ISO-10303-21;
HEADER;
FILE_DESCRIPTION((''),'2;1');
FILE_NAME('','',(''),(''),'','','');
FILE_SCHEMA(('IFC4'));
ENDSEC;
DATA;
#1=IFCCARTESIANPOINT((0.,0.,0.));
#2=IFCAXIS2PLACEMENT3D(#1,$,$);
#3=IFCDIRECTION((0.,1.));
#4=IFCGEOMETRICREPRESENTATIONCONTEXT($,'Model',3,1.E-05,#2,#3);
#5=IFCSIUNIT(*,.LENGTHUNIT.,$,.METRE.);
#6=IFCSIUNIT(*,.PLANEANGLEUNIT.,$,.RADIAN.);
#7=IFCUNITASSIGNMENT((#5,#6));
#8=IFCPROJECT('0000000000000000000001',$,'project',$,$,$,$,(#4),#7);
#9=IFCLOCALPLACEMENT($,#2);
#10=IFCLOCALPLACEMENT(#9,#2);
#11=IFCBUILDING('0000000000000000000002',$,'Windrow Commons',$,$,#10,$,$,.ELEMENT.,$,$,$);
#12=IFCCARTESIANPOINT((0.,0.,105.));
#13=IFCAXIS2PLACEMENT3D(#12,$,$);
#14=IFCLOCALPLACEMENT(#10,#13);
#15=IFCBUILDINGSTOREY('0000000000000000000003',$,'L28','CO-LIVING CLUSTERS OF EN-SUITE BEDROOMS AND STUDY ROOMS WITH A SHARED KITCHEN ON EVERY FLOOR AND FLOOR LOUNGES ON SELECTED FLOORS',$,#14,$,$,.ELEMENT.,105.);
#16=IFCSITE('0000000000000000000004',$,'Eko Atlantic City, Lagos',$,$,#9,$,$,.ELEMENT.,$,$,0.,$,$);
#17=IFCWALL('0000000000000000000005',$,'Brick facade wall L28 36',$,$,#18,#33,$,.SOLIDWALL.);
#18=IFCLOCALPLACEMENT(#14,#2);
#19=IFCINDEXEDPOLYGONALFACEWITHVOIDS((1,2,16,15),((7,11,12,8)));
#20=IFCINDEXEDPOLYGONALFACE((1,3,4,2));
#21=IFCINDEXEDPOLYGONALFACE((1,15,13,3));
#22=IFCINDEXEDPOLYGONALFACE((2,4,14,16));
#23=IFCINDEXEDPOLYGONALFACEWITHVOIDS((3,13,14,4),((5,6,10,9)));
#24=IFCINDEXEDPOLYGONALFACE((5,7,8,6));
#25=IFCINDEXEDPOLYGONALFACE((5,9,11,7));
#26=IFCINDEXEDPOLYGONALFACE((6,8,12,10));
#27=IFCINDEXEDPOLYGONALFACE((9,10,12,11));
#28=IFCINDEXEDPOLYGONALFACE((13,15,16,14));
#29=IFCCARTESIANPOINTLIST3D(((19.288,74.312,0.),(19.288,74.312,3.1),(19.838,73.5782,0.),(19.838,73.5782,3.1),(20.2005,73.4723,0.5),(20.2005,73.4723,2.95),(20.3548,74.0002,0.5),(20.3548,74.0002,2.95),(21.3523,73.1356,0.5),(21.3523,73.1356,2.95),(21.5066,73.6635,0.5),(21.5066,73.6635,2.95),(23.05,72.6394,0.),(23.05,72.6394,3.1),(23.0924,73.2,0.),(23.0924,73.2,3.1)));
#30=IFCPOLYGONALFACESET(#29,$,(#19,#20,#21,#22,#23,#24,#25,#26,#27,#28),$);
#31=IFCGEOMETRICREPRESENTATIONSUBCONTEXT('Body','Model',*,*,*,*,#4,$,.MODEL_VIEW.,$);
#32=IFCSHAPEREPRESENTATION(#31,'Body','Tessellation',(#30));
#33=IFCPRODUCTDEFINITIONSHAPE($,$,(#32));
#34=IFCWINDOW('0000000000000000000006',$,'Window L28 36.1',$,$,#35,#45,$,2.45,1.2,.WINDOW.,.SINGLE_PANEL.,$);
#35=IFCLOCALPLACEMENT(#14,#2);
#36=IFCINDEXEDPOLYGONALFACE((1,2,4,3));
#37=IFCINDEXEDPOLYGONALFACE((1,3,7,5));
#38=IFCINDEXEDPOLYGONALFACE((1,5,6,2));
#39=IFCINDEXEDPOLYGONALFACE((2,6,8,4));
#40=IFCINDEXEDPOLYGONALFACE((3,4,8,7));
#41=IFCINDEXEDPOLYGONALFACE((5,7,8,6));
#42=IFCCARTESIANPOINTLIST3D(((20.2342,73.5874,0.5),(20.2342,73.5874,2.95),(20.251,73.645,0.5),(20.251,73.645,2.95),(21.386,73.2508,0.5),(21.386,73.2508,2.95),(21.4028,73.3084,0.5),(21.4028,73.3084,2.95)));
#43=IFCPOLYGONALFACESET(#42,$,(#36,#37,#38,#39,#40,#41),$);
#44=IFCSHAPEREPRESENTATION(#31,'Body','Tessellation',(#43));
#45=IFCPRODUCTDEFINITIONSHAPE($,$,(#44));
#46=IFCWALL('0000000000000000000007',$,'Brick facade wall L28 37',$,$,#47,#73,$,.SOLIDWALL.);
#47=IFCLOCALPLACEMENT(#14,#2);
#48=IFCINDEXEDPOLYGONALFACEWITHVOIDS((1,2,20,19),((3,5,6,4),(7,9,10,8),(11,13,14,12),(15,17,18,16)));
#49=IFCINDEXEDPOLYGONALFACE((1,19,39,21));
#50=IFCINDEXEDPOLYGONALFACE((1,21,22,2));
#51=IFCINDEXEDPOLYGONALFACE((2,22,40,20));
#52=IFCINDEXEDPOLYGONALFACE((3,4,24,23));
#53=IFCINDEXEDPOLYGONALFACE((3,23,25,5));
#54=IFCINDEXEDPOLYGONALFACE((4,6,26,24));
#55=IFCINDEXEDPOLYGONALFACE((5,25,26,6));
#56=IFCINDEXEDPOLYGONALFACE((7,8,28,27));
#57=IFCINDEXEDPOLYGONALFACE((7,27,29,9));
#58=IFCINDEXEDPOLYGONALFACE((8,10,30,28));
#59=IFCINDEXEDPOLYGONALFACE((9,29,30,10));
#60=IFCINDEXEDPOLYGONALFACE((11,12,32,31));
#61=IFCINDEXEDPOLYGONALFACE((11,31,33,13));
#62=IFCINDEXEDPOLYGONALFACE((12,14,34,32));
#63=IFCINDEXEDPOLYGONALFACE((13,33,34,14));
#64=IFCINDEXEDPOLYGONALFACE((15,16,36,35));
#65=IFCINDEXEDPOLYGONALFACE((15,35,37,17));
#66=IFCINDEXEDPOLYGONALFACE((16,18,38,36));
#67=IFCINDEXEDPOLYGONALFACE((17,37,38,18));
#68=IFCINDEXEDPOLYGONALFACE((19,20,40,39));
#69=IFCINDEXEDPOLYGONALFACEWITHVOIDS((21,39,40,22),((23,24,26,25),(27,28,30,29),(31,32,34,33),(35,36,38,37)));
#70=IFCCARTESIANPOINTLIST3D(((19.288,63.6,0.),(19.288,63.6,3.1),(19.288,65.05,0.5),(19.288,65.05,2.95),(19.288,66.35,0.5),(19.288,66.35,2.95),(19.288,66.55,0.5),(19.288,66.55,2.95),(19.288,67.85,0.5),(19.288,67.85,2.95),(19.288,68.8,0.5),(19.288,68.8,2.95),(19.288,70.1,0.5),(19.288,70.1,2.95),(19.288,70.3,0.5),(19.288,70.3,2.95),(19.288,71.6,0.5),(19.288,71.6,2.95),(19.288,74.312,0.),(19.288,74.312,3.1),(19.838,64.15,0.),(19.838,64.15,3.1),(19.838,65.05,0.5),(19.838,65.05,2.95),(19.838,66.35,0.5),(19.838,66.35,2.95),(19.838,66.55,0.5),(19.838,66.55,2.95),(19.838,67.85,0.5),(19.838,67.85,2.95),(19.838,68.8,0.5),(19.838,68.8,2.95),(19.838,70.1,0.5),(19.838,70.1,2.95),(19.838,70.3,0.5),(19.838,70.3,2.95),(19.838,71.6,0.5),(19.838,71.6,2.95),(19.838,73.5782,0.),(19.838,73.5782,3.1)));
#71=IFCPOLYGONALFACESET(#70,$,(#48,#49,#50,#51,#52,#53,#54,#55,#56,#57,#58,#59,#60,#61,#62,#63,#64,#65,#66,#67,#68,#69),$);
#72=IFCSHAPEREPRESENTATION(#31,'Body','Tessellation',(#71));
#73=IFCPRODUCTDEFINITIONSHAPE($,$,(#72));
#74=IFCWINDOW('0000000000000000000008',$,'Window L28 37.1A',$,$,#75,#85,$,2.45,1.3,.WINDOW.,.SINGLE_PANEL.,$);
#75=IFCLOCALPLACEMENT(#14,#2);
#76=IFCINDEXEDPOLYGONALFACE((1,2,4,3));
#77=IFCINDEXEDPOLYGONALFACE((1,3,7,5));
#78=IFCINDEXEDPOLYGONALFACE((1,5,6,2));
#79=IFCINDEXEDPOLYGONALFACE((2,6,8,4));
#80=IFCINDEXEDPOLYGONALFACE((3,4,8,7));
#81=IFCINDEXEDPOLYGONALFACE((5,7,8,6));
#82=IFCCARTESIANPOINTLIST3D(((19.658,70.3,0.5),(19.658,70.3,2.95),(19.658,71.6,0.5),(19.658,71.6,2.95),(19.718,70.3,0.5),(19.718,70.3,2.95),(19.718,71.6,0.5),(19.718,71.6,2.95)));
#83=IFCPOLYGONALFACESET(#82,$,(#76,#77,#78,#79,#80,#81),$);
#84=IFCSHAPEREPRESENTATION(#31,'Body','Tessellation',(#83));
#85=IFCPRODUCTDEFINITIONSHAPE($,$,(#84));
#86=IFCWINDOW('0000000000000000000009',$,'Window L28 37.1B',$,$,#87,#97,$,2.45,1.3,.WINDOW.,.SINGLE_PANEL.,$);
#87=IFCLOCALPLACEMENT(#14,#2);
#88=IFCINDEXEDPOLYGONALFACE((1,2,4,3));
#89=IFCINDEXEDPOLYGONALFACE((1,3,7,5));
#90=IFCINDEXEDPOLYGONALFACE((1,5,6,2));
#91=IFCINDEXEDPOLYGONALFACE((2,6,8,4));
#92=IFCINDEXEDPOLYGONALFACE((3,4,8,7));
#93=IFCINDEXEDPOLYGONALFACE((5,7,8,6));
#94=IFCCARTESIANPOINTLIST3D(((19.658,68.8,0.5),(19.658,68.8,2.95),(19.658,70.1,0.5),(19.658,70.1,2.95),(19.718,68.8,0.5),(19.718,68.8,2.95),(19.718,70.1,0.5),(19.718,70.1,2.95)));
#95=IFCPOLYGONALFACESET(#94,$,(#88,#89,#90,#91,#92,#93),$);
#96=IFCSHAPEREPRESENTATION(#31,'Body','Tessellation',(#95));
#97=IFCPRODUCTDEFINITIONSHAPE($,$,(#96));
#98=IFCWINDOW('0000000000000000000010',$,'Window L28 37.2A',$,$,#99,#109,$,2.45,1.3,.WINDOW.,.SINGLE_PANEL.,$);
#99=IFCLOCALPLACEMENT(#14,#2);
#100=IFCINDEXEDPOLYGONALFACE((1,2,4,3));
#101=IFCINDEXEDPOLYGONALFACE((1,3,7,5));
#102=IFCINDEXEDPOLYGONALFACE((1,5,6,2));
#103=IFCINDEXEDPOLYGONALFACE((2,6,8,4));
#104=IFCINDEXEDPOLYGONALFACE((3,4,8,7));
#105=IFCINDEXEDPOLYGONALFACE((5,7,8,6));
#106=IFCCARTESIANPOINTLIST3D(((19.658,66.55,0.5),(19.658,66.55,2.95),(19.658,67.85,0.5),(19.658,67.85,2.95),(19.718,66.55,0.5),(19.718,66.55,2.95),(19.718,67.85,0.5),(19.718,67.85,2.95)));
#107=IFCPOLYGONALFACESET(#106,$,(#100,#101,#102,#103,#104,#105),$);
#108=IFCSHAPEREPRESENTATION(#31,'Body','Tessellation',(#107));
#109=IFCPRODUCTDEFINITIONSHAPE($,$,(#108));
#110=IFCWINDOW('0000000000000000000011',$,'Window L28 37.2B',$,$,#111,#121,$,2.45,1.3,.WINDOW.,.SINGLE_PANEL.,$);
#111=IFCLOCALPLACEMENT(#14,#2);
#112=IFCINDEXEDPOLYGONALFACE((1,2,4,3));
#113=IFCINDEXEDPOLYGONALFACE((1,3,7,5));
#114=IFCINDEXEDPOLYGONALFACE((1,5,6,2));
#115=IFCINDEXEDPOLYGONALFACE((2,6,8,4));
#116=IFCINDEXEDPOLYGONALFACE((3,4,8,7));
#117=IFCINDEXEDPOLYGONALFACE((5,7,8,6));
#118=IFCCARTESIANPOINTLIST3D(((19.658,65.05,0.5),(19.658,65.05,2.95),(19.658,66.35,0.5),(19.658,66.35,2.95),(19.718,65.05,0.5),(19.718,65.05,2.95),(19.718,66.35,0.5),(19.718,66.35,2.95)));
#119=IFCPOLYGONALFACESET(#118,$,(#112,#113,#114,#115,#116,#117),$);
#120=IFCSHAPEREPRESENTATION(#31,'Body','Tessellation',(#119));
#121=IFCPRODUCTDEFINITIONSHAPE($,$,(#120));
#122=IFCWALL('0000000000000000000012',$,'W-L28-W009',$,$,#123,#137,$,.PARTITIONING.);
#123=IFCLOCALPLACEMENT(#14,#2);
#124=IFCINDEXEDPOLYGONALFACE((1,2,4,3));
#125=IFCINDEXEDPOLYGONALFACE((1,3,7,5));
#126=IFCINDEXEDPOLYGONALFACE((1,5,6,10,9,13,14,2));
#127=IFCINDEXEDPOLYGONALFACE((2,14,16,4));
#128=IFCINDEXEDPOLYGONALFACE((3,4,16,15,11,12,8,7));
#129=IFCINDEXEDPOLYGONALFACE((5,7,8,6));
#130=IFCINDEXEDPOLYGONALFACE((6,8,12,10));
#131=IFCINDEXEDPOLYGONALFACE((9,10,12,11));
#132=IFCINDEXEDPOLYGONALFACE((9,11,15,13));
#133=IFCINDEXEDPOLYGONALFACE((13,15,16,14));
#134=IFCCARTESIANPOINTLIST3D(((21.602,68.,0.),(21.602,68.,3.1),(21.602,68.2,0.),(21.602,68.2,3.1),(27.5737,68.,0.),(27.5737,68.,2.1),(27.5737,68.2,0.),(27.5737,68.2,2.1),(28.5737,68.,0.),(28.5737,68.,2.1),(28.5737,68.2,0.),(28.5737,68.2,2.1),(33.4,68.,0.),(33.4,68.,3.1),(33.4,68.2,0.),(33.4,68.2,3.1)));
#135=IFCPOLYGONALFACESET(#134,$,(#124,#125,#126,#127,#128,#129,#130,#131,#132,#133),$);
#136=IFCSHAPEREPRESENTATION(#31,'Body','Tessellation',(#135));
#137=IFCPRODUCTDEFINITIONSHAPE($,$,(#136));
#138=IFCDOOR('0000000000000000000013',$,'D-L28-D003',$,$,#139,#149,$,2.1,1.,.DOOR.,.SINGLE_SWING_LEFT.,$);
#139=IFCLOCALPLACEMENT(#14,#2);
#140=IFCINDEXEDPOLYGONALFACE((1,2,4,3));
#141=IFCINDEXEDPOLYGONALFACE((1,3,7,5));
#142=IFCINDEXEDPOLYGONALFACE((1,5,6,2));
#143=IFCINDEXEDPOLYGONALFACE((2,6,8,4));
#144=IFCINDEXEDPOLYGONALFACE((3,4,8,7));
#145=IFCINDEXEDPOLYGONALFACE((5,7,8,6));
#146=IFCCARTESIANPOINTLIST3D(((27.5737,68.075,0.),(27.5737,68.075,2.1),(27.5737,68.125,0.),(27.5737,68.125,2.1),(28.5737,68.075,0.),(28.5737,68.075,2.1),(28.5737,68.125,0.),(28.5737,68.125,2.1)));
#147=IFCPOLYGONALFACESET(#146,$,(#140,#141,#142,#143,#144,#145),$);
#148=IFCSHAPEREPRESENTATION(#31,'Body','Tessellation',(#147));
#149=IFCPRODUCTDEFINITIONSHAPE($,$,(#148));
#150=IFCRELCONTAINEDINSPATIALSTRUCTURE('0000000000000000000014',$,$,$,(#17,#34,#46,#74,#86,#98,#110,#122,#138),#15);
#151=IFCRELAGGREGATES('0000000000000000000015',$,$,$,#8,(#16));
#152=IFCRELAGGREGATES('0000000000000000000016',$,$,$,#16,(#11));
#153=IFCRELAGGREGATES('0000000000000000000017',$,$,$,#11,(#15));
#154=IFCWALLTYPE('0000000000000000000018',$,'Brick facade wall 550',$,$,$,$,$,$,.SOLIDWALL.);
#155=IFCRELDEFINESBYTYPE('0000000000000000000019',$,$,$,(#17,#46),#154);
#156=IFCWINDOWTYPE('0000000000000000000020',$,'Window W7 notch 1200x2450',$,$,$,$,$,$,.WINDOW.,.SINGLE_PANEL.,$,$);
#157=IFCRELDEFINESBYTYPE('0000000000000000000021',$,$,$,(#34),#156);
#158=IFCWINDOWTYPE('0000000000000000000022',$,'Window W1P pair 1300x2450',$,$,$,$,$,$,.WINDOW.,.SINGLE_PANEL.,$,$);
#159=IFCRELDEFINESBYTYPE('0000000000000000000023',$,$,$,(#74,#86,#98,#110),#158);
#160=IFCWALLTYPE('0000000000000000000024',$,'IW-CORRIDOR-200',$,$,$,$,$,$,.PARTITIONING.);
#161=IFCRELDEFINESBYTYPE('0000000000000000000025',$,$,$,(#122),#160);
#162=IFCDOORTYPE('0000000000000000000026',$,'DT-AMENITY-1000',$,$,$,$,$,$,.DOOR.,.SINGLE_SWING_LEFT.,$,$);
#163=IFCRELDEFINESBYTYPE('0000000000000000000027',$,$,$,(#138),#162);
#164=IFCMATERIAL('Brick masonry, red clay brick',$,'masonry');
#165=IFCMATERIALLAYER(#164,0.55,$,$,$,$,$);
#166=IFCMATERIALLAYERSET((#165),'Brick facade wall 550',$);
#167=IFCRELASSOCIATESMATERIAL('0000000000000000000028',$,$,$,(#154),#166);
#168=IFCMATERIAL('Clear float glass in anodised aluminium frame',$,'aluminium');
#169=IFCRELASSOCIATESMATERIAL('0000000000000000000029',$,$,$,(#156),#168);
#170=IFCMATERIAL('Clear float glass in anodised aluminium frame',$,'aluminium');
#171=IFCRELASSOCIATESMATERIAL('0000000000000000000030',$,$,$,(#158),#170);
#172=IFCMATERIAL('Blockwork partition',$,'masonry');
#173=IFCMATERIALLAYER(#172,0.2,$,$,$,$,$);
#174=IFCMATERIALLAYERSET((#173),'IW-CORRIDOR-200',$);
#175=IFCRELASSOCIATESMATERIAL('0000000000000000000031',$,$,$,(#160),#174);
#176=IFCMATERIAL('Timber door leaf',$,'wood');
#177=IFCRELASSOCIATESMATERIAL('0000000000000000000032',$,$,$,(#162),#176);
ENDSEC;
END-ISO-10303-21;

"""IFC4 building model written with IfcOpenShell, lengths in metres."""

from ifc_helpers import new_model, si_unit, direction, frame, frame_2d, origin, place, context, subcontext, project, spatial, polyline, rectangle, outline, extrude, material, layer, layer_set, type_object, element, fill, save


model = new_model("IFC4")

# Units and contexts
model_context = context("Model", 3, precision=1e-05, world=origin(), true_north=direction((0.0, 1.0)))
body_context = subcontext(model_context, "Body", "Model", "MODEL_VIEW")
ifc_project = project(units=[si_unit("LENGTHUNIT", "METRE"), si_unit("PLANEANGLEUNIT", "RADIAN")], contexts=[model_context])

# Site, building, storey
site_placement = place(None, origin())
site = spatial("IfcSite", under=ifc_project, at=site_placement, Name="Eko Atlantic City, Lagos", CompositionType="ELEMENT", RefElevation=0.0)
building_placement = place(site_placement, origin())
building = spatial("IfcBuilding", under=site, at=building_placement, Name="Windrow Commons", CompositionType="ELEMENT")
storey_placement = place(building_placement, frame((0.0, 0.0, 105.0)))
storey = spatial("IfcBuildingStorey", under=building, at=storey_placement, Name="L28", Description="CO-LIVING CLUSTERS OF EN-SUITE BEDROOMS AND STUDY ROOMS WITH A SHARED KITCHEN ON EVERY FLOOR AND FLOOR LOUNGES ON SELECTED FLOORS", CompositionType="ELEMENT", Elevation=105.0)

# Shared definitions
ifc_material_1 = material(Name="Brick masonry, red clay brick", Category="masonry")
ifc_layer_1 = layer(ifc_material_1, 0.55)
ifc_layer_set_1 = layer_set([ifc_layer_1], Name="Brick facade wall 550")
wall_type_1 = type_object("IfcWallType", Name="Brick facade wall 550", PredefinedType="SOLIDWALL", material=ifc_layer_set_1)
ifc_material_2 = material(Name="Clear float glass in anodised aluminium frame", Category="aluminium")
window_type_1 = type_object("IfcWindowType", Name="Window W7 notch 1200x2450", PartitioningType="SINGLE_PANEL", PredefinedType="WINDOW", material=ifc_material_2)

# Wall, opening, window
wall_1_placement = place(storey_placement, frame((23.0712, 72.9197, 0.0), z_axis=(0.0, 0.0, 1.0), x_axis=(-0.95984, 0.280548, 0.0)))
wall_1 = element("IfcWall", 1, at=wall_1_placement, inside=storey, type_object=wall_type_1, Name="Brick facade wall L28 36", PredefinedType="SOLIDWALL", context=body_context, shape_type="SweptSolid", body=[
    extrude(outline(polyline([(0.0583, -0.275), (4.0219, -0.275), (3.2881, 0.275), (-0.0583, 0.275), (0.0583, -0.275)])), origin(), (0.0, 0.0, 1.0), 3.1),
])
opening_1_placement = place(wall_1_placement, frame((1.7104, 0.0, 0.5)))
opening_1 = element("IfcOpeningElement", 2, at=opening_1_placement, cuts=wall_1, PredefinedType="OPENING", context=body_context, shape_type="SweptSolid", body=[
    extrude(rectangle(XDim=1.2, YDim=2.45, at=frame_2d((0.6, 1.225))), frame((0.0, 0.285, 0.0), z_axis=(0.0, -1.0, 0.0), x_axis=(1.0, 0.0, 0.0)), (0.0, 0.0, 1.0), 0.57),
])
window_1_placement = place(opening_1_placement, origin())
window_1 = element("IfcWindow", 3, at=window_1_placement, inside=storey, type_object=window_type_1, Name="Window L28 36.1", OverallHeight=2.45, OverallWidth=1.2, PartitioningType="SINGLE_PANEL", PredefinedType="WINDOW", context=body_context, shape_type="SweptSolid", body=[
    extrude(rectangle(XDim=1.2, YDim=2.45, at=frame_2d((0.6, 1.225))), frame((0.0, 0.155, 0.0), z_axis=(0.0, -1.0, 0.0), x_axis=(1.0, 0.0, 0.0)), (0.0, 0.0, 1.0), 0.06),
])
fill(opening_1, window_1)

# Wall, openings, windows
wall_2_placement = place(storey_placement, frame((19.563, 73.9451, 0.0), z_axis=(0.0, 0.0, 1.0), x_axis=(0.0, -1.0, 0.0)))
wall_2 = element("IfcWall", 4, at=wall_2_placement, inside=storey, type_object=wall_type_1, Name="Brick facade wall L28 37", PredefinedType="SOLIDWALL", context=body_context, shape_type="SweptSolid", body=[
    extrude(outline(polyline([(-0.3669, -0.275), (10.3451, -0.275), (9.7951, 0.275), (0.3669, 0.275), (-0.3669, -0.275)])), origin(), (0.0, 0.0, 1.0), 3.1),
])
opening_2_placement = place(wall_2_placement, frame((2.3451, 0.0, 0.5)))
opening_2 = element("IfcOpeningElement", 5, at=opening_2_placement, cuts=wall_2, PredefinedType="OPENING", context=body_context, shape_type="SweptSolid", body=[
    extrude(rectangle(XDim=1.3, YDim=2.45, at=frame_2d((0.65, 1.225))), frame((0.0, 0.285, 0.0), z_axis=(0.0, -1.0, 0.0), x_axis=(1.0, 0.0, 0.0)), (0.0, 0.0, 1.0), 0.57),
])
opening_3_placement = place(wall_2_placement, frame((3.8451, 0.0, 0.5)))
opening_3 = element("IfcOpeningElement", 6, at=opening_3_placement, cuts=wall_2, PredefinedType="OPENING", context=body_context, shape_type="SweptSolid", body=[
    extrude(rectangle(XDim=1.3, YDim=2.45, at=frame_2d((0.65, 1.225))), frame((0.0, 0.285, 0.0), z_axis=(0.0, -1.0, 0.0), x_axis=(1.0, 0.0, 0.0)), (0.0, 0.0, 1.0), 0.57),
])
opening_4_placement = place(wall_2_placement, frame((6.0951, 0.0, 0.5)))
opening_4 = element("IfcOpeningElement", 7, at=opening_4_placement, cuts=wall_2, PredefinedType="OPENING", context=body_context, shape_type="SweptSolid", body=[
    extrude(rectangle(XDim=1.3, YDim=2.45, at=frame_2d((0.65, 1.225))), frame((0.0, 0.285, 0.0), z_axis=(0.0, -1.0, 0.0), x_axis=(1.0, 0.0, 0.0)), (0.0, 0.0, 1.0), 0.57),
])
opening_5_placement = place(wall_2_placement, frame((7.5951, 0.0, 0.5)))
opening_5 = element("IfcOpeningElement", 8, at=opening_5_placement, cuts=wall_2, PredefinedType="OPENING", context=body_context, shape_type="SweptSolid", body=[
    extrude(rectangle(XDim=1.3, YDim=2.45, at=frame_2d((0.65, 1.225))), frame((0.0, 0.285, 0.0), z_axis=(0.0, -1.0, 0.0), x_axis=(1.0, 0.0, 0.0)), (0.0, 0.0, 1.0), 0.57),
])
ifc_material_3 = material(Name="Clear float glass in anodised aluminium frame", Category="aluminium")
window_type_2 = type_object("IfcWindowType", Name="Window W1P pair 1300x2450", PartitioningType="SINGLE_PANEL", PredefinedType="WINDOW", material=ifc_material_3)
window_2_placement = place(opening_2_placement, origin())
window_2 = element("IfcWindow", 9, at=window_2_placement, inside=storey, type_object=window_type_2, Name="Window L28 37.1A", OverallHeight=2.45, OverallWidth=1.3, PartitioningType="SINGLE_PANEL", PredefinedType="WINDOW", context=body_context, shape_type="SweptSolid", body=[
    extrude(rectangle(XDim=1.3, YDim=2.45, at=frame_2d((0.65, 1.225))), frame((0.0, 0.155, 0.0), z_axis=(0.0, -1.0, 0.0), x_axis=(1.0, 0.0, 0.0)), (0.0, 0.0, 1.0), 0.06),
])
fill(opening_2, window_2)
window_3_placement = place(opening_3_placement, origin())
window_3 = element("IfcWindow", 10, at=window_3_placement, inside=storey, type_object=window_type_2, Name="Window L28 37.1B", OverallHeight=2.45, OverallWidth=1.3, PartitioningType="SINGLE_PANEL", PredefinedType="WINDOW", context=body_context, shape_type="SweptSolid", body=[
    extrude(rectangle(XDim=1.3, YDim=2.45, at=frame_2d((0.65, 1.225))), frame((0.0, 0.155, 0.0), z_axis=(0.0, -1.0, 0.0), x_axis=(1.0, 0.0, 0.0)), (0.0, 0.0, 1.0), 0.06),
])
fill(opening_3, window_3)
window_4_placement = place(opening_4_placement, origin())
window_4 = element("IfcWindow", 11, at=window_4_placement, inside=storey, type_object=window_type_2, Name="Window L28 37.2A", OverallHeight=2.45, OverallWidth=1.3, PartitioningType="SINGLE_PANEL", PredefinedType="WINDOW", context=body_context, shape_type="SweptSolid", body=[
    extrude(rectangle(XDim=1.3, YDim=2.45, at=frame_2d((0.65, 1.225))), frame((0.0, 0.155, 0.0), z_axis=(0.0, -1.0, 0.0), x_axis=(1.0, 0.0, 0.0)), (0.0, 0.0, 1.0), 0.06),
])
fill(opening_4, window_4)
window_5_placement = place(opening_5_placement, origin())
window_5 = element("IfcWindow", 12, at=window_5_placement, inside=storey, type_object=window_type_2, Name="Window L28 37.2B", OverallHeight=2.45, OverallWidth=1.3, PartitioningType="SINGLE_PANEL", PredefinedType="WINDOW", context=body_context, shape_type="SweptSolid", body=[
    extrude(rectangle(XDim=1.3, YDim=2.45, at=frame_2d((0.65, 1.225))), frame((0.0, 0.155, 0.0), z_axis=(0.0, -1.0, 0.0), x_axis=(1.0, 0.0, 0.0)), (0.0, 0.0, 1.0), 0.06),
])
fill(opening_5, window_5)

# Wall, opening, door
ifc_material_4 = material(Name="Blockwork partition", Category="masonry")
ifc_layer_2 = layer(ifc_material_4, 0.2)
ifc_layer_set_2 = layer_set([ifc_layer_2], Name="IW-CORRIDOR-200")
wall_type_2 = type_object("IfcWallType", Name="IW-CORRIDOR-200", PredefinedType="PARTITIONING", material=ifc_layer_set_2)
wall_3_placement = place(storey_placement, frame((21.602, 68.1, 0.0), z_axis=(0.0, 0.0, 1.0), x_axis=(1.0, 0.0, 0.0)))
wall_3 = element("IfcWall", 13, at=wall_3_placement, inside=storey, type_object=wall_type_2, Name="W-L28-W009", PredefinedType="PARTITIONING", context=body_context, shape_type="SweptSolid", body=[
    extrude(rectangle(XDim=11.798, YDim=0.2, at=frame_2d((5.899, 0.0))), origin(), (0.0, 0.0, 1.0), 3.1),
])
opening_6_placement = place(wall_3_placement, frame((5.9717, 0.0, 0.0)))
opening_6 = element("IfcOpeningElement", 14, at=opening_6_placement, cuts=wall_3, PredefinedType="OPENING", context=body_context, shape_type="SweptSolid", body=[
    extrude(rectangle(XDim=1.0, YDim=2.1, at=frame_2d((0.5, 1.05))), frame((0.0, 0.11, 0.0), z_axis=(0.0, -1.0, 0.0), x_axis=(1.0, 0.0, 0.0)), (0.0, 0.0, 1.0), 0.22),
])
ifc_material_5 = material(Name="Timber door leaf", Category="wood")
door_type = type_object("IfcDoorType", Name="DT-AMENITY-1000", OperationType="SINGLE_SWING_LEFT", PredefinedType="DOOR", material=ifc_material_5)
door_1_placement = place(opening_6_placement, origin())
door_1 = element("IfcDoor", 15, at=door_1_placement, inside=storey, type_object=door_type, Name="D-L28-D003", OperationType="SINGLE_SWING_LEFT", OverallHeight=2.1, OverallWidth=1.0, PredefinedType="DOOR", context=body_context, shape_type="SweptSolid", body=[
    extrude(rectangle(XDim=1.0, YDim=2.1, at=frame_2d((0.5, 1.05))), frame((0.0, 0.025, 0.0), z_axis=(0.0, -1.0, 0.0), x_axis=(1.0, 0.0, 0.0)), (0.0, 0.0, 1.0), 0.05),
])
fill(opening_6, door_1)

save(model, "model.ifc")
